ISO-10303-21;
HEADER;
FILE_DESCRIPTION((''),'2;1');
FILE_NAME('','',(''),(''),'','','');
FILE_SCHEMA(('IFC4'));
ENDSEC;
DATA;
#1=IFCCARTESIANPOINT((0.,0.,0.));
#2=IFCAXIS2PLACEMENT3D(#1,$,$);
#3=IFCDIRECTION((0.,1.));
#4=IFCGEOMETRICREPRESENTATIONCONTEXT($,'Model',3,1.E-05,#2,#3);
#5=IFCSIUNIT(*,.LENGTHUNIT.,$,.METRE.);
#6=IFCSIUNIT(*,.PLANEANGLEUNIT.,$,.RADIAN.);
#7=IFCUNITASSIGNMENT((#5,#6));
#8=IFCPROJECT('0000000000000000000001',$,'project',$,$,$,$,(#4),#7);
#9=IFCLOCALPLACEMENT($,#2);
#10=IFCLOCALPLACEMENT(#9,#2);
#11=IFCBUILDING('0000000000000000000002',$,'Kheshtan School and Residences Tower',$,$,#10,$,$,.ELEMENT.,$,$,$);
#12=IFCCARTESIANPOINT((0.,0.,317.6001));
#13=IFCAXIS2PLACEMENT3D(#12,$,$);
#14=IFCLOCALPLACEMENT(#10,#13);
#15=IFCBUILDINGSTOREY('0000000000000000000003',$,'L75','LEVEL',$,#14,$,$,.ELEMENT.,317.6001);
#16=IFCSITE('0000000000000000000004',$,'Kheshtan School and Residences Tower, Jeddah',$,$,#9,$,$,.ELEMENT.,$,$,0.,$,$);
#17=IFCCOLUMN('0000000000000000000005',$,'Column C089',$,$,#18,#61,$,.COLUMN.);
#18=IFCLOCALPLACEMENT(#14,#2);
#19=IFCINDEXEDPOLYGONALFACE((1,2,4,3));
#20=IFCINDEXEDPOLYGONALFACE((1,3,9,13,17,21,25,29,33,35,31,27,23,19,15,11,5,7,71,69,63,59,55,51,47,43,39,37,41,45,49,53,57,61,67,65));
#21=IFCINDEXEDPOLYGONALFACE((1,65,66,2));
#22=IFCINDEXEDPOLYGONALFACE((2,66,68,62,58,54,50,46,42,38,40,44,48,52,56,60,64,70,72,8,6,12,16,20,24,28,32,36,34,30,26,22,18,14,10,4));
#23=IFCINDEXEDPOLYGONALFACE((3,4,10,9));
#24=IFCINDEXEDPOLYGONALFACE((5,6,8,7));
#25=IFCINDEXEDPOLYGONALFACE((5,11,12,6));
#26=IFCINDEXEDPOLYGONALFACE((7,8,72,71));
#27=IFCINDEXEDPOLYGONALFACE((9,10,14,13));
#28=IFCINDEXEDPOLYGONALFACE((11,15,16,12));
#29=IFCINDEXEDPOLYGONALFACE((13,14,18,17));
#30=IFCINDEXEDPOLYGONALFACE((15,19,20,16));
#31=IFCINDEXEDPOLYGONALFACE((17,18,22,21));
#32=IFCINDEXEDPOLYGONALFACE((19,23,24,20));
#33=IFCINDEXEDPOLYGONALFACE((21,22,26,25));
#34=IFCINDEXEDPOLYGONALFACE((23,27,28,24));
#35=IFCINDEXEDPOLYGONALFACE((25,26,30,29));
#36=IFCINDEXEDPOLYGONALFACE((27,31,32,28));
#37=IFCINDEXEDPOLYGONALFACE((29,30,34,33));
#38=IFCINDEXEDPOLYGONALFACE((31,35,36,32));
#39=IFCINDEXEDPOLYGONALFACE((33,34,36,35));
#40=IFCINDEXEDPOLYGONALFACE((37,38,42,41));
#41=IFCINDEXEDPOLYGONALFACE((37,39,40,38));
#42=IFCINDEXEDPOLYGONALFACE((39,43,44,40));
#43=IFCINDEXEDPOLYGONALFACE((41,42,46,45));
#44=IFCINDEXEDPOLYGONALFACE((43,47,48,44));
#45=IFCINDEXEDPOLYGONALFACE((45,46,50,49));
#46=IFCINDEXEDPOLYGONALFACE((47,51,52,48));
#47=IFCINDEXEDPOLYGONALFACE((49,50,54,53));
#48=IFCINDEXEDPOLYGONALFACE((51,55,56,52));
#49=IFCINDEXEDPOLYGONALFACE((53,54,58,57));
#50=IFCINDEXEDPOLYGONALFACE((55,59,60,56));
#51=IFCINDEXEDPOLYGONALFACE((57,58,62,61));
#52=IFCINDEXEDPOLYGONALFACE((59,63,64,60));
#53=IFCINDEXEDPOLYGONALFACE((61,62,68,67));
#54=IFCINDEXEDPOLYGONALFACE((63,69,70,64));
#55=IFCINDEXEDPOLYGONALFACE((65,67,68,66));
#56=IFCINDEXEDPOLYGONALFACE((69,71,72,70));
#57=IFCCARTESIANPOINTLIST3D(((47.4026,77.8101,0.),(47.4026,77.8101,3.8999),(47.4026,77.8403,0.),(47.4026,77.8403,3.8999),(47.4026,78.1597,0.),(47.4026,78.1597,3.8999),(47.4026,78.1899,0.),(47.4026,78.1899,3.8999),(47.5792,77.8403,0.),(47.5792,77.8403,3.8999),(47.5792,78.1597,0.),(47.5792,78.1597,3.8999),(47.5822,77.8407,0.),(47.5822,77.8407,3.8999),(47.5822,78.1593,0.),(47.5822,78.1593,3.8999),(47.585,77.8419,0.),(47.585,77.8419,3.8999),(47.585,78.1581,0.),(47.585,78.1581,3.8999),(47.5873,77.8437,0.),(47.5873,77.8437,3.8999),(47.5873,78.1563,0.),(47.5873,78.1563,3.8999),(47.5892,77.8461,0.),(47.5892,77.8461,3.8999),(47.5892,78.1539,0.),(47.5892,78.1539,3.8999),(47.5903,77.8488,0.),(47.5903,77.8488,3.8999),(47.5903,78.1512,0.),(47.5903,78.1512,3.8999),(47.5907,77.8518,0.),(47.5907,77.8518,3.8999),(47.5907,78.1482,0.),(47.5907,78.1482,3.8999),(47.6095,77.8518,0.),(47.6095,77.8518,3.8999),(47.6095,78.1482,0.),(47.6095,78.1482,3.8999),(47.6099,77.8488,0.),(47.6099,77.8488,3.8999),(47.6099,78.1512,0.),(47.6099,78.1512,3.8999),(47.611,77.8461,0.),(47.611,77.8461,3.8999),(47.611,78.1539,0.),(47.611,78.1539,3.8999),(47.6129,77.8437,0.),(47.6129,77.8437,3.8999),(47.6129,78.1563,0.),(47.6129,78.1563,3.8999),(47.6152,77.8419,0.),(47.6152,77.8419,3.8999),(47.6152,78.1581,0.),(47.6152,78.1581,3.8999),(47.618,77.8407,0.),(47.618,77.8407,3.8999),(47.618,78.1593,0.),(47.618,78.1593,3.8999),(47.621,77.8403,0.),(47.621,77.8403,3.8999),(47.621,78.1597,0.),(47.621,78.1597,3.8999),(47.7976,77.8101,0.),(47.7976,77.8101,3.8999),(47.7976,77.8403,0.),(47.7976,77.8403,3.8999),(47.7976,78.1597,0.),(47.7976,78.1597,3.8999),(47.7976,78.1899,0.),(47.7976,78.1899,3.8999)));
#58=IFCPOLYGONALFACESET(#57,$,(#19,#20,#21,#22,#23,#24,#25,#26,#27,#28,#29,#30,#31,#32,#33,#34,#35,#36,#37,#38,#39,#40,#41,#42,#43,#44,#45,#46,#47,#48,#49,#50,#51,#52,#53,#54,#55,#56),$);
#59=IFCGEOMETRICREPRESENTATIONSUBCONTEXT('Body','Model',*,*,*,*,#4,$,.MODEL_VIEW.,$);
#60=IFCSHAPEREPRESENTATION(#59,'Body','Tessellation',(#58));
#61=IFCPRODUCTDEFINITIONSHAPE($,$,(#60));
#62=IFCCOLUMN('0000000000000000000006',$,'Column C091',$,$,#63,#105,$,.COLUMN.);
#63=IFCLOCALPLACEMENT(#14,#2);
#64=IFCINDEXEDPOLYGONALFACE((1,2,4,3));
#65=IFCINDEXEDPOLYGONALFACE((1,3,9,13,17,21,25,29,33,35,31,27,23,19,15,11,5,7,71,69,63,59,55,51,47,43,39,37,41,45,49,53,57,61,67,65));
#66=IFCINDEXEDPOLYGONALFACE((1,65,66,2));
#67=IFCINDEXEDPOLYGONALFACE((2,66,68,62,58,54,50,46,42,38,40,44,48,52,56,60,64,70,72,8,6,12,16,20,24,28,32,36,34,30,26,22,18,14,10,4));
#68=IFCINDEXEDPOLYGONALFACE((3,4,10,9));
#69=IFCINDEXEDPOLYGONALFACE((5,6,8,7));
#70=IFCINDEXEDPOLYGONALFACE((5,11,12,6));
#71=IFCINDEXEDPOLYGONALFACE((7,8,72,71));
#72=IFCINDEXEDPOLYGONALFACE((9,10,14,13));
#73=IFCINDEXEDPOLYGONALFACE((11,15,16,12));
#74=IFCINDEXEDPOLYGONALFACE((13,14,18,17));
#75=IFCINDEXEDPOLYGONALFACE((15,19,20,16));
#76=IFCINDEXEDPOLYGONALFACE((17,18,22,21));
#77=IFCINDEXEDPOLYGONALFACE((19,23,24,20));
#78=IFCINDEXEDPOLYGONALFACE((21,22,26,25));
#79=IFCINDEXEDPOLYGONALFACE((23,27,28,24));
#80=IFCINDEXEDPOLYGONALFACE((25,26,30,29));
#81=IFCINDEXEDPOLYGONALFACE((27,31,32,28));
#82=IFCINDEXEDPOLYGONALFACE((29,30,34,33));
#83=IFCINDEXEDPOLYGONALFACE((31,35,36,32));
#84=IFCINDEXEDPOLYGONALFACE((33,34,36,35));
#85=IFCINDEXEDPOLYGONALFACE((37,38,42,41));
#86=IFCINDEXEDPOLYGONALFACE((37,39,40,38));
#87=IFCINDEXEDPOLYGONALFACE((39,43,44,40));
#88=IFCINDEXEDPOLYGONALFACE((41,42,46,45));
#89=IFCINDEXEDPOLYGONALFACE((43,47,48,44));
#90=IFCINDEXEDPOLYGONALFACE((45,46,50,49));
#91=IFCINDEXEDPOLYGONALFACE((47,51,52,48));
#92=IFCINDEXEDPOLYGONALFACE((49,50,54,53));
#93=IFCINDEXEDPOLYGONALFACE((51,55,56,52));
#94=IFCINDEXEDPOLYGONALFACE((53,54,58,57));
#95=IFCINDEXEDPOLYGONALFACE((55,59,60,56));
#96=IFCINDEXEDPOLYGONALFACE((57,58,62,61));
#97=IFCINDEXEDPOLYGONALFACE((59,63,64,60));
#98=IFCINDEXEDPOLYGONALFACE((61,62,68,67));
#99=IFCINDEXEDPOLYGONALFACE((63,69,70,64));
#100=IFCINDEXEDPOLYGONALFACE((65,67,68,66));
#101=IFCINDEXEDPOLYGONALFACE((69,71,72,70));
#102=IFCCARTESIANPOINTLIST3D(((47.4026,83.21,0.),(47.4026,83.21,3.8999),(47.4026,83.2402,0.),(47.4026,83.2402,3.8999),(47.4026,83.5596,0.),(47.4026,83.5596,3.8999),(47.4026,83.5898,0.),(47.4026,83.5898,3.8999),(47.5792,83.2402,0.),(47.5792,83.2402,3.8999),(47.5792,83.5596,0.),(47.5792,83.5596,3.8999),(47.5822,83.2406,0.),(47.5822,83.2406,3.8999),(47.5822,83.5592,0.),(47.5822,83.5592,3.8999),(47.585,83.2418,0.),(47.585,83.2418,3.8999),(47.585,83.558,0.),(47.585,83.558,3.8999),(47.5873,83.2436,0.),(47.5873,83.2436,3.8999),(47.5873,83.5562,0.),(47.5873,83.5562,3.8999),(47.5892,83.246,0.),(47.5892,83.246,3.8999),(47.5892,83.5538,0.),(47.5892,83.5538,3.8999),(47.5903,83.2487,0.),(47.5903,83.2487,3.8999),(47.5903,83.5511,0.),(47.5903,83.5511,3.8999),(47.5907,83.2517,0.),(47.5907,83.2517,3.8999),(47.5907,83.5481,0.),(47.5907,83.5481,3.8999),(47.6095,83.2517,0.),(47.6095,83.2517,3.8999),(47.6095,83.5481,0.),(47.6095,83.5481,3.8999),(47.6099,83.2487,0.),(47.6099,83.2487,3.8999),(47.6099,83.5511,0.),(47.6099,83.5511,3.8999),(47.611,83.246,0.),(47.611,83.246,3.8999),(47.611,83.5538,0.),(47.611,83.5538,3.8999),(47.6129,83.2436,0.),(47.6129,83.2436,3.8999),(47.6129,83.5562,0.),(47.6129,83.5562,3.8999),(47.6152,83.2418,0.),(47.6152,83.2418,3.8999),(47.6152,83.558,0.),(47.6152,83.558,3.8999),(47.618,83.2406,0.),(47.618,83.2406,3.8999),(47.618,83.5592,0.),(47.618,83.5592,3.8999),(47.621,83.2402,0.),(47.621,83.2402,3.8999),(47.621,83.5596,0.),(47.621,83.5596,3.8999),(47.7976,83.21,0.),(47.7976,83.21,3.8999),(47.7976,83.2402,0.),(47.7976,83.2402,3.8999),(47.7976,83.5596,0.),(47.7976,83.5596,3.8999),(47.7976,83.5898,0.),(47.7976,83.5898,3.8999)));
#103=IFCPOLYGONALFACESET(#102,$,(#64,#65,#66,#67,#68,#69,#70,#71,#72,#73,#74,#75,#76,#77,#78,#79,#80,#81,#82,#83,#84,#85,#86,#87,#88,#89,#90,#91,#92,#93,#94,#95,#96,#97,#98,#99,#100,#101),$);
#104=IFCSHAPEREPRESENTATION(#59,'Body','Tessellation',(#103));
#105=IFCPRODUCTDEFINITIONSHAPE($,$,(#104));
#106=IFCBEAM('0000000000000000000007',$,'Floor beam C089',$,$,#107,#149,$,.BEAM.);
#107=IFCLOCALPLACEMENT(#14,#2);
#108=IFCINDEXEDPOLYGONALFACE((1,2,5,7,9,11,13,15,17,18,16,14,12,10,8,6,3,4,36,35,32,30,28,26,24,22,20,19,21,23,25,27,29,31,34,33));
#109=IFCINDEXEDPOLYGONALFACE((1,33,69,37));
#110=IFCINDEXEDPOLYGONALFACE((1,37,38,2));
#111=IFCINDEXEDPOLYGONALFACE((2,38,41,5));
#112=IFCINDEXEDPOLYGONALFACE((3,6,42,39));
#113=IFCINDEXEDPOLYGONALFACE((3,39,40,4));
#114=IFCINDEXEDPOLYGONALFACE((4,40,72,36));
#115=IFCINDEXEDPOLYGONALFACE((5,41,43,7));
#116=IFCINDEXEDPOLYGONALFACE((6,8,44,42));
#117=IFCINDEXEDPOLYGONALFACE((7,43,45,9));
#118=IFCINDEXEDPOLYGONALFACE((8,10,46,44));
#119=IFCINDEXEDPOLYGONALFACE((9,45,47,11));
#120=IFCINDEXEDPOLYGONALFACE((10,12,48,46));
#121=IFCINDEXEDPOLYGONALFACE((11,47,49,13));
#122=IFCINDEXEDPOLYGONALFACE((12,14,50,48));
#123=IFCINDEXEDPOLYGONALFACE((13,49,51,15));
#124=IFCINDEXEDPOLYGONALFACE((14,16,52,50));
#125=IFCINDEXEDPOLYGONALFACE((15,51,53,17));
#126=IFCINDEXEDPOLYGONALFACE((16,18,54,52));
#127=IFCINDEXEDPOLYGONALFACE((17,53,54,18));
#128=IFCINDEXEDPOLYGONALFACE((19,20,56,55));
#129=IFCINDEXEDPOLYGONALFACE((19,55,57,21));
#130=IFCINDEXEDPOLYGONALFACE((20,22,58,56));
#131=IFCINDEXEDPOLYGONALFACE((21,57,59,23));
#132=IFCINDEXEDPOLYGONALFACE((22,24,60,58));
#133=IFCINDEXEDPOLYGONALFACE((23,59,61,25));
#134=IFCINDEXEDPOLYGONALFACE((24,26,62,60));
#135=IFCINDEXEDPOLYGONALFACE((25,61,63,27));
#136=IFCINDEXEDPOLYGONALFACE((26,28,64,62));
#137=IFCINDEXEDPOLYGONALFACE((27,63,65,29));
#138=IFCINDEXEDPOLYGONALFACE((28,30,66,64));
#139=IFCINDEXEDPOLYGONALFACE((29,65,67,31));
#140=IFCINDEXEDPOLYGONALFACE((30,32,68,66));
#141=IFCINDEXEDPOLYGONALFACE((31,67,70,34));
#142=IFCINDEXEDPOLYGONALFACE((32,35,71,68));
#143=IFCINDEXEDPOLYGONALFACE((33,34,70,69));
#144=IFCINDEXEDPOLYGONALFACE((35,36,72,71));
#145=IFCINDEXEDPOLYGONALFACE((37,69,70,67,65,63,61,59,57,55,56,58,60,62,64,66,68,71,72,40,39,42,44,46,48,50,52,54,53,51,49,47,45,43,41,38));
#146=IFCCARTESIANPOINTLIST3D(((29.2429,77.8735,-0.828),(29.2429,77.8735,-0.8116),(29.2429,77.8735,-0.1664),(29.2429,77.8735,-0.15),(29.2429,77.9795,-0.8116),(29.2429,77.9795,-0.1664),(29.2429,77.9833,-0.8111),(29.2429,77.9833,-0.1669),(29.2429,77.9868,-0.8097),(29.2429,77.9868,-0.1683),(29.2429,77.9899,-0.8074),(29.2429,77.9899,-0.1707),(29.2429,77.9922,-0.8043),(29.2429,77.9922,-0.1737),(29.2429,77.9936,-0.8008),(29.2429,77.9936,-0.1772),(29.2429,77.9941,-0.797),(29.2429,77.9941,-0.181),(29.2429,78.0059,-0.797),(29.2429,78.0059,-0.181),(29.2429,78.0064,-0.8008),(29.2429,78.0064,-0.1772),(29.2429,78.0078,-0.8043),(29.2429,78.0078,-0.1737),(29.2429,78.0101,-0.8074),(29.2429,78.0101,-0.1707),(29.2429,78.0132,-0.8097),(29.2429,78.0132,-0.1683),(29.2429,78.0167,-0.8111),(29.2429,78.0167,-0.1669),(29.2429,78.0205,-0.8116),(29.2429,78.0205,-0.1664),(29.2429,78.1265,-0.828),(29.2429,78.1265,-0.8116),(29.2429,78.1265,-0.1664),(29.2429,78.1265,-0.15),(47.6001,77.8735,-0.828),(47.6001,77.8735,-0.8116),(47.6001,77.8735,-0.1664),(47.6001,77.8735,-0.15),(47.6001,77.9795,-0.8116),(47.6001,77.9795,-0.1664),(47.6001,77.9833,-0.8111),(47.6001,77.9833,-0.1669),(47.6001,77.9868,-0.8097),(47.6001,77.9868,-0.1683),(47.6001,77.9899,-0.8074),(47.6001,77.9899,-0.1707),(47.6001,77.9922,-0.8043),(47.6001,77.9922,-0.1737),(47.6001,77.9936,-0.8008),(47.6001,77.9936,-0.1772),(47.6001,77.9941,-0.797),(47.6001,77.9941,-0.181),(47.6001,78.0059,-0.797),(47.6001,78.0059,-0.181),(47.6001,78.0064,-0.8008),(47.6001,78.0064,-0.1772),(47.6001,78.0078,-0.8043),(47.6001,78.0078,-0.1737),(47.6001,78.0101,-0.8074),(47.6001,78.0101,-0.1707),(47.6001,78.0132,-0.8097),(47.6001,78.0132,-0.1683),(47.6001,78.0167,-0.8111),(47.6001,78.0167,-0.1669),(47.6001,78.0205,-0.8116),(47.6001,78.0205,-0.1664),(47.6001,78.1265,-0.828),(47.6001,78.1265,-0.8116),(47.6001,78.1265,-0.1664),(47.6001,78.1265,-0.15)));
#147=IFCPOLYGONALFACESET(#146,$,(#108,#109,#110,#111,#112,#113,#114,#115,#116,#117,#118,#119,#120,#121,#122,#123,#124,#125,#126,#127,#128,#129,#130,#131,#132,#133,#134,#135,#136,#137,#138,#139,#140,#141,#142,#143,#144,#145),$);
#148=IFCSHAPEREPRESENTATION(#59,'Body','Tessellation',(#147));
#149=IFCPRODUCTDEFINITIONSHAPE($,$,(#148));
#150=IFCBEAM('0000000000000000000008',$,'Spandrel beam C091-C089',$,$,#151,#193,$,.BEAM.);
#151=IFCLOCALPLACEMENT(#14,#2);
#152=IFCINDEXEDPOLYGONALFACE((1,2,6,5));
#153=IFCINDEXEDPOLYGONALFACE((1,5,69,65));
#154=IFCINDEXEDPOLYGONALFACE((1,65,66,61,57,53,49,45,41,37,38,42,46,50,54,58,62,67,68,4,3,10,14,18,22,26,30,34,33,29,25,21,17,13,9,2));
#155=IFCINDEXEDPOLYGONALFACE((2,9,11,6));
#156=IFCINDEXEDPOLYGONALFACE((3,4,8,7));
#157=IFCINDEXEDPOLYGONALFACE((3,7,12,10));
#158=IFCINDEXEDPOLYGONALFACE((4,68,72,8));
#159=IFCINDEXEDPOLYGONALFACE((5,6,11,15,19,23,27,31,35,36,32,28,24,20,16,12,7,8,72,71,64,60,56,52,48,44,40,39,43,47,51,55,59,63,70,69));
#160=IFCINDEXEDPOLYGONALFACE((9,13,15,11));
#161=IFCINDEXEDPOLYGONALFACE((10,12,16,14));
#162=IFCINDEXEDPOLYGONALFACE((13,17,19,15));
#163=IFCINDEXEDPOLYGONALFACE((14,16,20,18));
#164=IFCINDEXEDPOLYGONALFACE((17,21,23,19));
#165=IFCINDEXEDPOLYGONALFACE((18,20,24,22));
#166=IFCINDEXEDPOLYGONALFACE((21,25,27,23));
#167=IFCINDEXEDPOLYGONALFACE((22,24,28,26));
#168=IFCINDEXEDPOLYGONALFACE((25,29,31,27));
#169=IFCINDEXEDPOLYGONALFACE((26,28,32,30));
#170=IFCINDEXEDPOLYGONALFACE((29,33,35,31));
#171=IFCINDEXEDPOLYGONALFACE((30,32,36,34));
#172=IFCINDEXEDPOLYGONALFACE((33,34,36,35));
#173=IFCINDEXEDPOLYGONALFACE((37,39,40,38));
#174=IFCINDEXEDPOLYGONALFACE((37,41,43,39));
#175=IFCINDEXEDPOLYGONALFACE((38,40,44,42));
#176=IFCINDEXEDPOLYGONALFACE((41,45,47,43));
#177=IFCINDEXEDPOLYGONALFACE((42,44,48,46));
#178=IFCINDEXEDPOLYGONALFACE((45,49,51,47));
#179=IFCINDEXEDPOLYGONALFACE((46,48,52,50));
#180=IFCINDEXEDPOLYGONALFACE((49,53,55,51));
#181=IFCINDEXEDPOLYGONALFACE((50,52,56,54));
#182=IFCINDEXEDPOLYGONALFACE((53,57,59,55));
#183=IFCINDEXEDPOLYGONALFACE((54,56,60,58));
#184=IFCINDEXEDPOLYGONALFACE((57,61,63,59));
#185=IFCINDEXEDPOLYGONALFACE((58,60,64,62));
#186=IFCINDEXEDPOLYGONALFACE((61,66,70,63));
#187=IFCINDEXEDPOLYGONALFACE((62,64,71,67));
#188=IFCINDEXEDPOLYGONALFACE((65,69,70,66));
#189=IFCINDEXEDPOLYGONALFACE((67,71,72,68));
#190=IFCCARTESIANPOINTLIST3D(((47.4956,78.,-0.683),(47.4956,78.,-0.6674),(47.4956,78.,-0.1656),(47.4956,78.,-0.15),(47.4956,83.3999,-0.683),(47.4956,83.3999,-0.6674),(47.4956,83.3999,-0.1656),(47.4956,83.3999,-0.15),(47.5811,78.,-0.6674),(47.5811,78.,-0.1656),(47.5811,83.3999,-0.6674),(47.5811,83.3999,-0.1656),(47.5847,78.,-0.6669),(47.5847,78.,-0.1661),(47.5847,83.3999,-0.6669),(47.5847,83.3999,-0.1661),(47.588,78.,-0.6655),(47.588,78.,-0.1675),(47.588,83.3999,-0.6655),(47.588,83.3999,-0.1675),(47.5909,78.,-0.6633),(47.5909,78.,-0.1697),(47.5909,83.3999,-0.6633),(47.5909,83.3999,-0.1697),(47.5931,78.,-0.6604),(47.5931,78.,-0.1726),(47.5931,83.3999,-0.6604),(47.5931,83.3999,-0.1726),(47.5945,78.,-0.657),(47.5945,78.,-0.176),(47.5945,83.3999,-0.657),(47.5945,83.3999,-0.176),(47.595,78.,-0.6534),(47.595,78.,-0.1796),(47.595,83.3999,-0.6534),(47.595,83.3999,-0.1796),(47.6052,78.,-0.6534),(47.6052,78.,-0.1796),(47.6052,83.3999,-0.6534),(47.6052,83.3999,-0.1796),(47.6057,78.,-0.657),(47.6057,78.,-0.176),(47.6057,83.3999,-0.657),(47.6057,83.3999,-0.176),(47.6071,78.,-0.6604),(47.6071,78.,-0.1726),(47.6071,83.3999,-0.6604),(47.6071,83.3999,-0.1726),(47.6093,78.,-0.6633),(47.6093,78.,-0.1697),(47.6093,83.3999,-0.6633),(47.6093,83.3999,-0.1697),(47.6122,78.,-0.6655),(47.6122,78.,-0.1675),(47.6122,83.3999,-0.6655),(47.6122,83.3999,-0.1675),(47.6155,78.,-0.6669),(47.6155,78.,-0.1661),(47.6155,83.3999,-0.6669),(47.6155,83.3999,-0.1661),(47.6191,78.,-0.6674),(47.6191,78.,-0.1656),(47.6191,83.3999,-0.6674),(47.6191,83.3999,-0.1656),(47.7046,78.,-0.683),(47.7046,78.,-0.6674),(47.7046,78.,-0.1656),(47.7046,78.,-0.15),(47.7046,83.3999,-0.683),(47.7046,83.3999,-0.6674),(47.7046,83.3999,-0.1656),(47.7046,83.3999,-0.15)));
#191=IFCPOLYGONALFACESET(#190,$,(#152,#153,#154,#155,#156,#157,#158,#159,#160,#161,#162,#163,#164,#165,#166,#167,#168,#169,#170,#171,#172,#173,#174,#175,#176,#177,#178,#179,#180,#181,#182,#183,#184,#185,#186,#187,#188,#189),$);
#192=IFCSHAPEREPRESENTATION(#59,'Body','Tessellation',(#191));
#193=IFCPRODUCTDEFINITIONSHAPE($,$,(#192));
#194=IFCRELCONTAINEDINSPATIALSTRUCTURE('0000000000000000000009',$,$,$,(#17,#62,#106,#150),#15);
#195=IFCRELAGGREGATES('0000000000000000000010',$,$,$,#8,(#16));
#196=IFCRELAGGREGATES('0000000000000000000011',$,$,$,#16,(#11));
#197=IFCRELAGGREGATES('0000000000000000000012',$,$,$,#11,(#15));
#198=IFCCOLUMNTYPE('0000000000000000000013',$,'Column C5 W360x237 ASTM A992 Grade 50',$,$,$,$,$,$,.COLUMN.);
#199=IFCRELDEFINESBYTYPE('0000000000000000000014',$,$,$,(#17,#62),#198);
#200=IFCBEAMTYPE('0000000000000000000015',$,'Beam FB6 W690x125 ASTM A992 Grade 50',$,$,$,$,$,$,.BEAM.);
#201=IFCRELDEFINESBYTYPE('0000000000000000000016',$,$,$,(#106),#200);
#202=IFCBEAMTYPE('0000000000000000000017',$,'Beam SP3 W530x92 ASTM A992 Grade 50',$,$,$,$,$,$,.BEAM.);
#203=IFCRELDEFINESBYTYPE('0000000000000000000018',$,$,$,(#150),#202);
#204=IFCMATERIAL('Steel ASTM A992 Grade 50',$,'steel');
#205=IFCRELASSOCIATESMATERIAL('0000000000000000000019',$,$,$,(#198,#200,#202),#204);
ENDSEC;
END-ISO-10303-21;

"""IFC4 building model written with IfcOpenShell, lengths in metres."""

from ifc_helpers import new_model, si_unit, direction, frame, origin, origin_2d, place, context, subcontext, project, spatial, i_section, extrude, material, material_profile, profile_set, type_object, element, save


model = new_model("IFC4")

# Units and contexts
model_context = context("Model", 3, precision=1e-05, world=origin(), true_north=direction((0.0, 1.0)))
body_context = subcontext(model_context, "Body", "Model", "MODEL_VIEW")
ifc_project = project(units=[si_unit("LENGTHUNIT", "METRE"), si_unit("PLANEANGLEUNIT", "RADIAN")], contexts=[model_context])

# Site, building, storey
site_placement = place(None, origin())
site = spatial("IfcSite", under=ifc_project, at=site_placement, Name="Kheshtan School and Residences Tower, Jeddah", CompositionType="ELEMENT", RefElevation=0.0)
building_placement = place(site_placement, origin())
building = spatial("IfcBuilding", under=site, at=building_placement, Name="Kheshtan School and Residences Tower", CompositionType="ELEMENT")
storey_placement = place(building_placement, frame((0.0, 0.0, 317.6001)))
storey = spatial("IfcBuildingStorey", under=building, at=storey_placement, Name="L75", Description="LEVEL", CompositionType="ELEMENT", Elevation=317.6001)

# Columns
ifc_material_1 = material(Name="Steel ASTM A992 Grade 50", Category="steel")
ifc_material_profile_1 = material_profile(ifc_material_1, i_section(OverallWidth=0.395, OverallDepth=0.3799, WebThickness=0.0188, FlangeThickness=0.0303, FilletRadius=0.0115, at=origin_2d()), Name="W360x237")
ifc_profile_set_1 = profile_set([ifc_material_profile_1], Name="Steel ASTM A992 Grade 50")
column_type = type_object("IfcColumnType", Name="Column C5 W360x237 ASTM A992 Grade 50", PredefinedType="COLUMN", material=ifc_profile_set_1)
for number, where, z_axis, x_axis, name in (
    (1, (47.6001, 78.0, 0.0), (0.0, 0.0, 1.0), (1.0, 0.0, 0.0), "Column C089"),
    (2, (47.6001, 83.3999, 0.0), (0.0, 0.0, 1.0), (1.0, 0.0, 0.0), "Column C091"),
):
    element("IfcColumn", number, at=place(storey_placement, frame(where, z_axis=z_axis, x_axis=x_axis)), inside=storey, type_object=column_type, Name=name, PredefinedType="COLUMN", context=body_context, shape_type="SweptSolid", body=[
        extrude(i_section(OverallWidth=0.395, OverallDepth=0.3799, WebThickness=0.0188, FlangeThickness=0.0303, FilletRadius=0.0115, at=origin_2d()), origin(), (0.0, 0.0, 1.0), 3.8999),
    ])

# Beams
ifc_material_profile_2 = material_profile(ifc_material_1, i_section(OverallWidth=0.2529, OverallDepth=0.678, WebThickness=0.0117, FlangeThickness=0.0164, FilletRadius=0.0146, at=origin_2d()), Name="W690x125")
ifc_profile_set_2 = profile_set([ifc_material_profile_2], Name="Steel ASTM A992 Grade 50")
beam_type_1 = type_object("IfcBeamType", Name="Beam FB6 W690x125 ASTM A992 Grade 50", PredefinedType="BEAM", material=ifc_profile_set_2)
beam_placement = place(storey_placement, frame((47.6001, 78.0, -0.489), z_axis=(-1.0, 0.0, 0.0), x_axis=(0.0, -1.0, 0.0)))
element("IfcBeam", 3, at=beam_placement, inside=storey, type_object=beam_type_1, Name="Floor beam C089", PredefinedType="BEAM", context=body_context, shape_type="SweptSolid", body=[
    extrude(i_section(OverallWidth=0.2529, OverallDepth=0.678, WebThickness=0.0117, FlangeThickness=0.0164, FilletRadius=0.0146, at=origin_2d()), origin(), (0.0, 0.0, 1.0), 18.3572),
])
ifc_material_profile_3 = material_profile(ifc_material_1, i_section(OverallWidth=0.209, OverallDepth=0.533, WebThickness=0.0103, FlangeThickness=0.0156, FilletRadius=0.0139, at=origin_2d()), Name="W530x92")
ifc_profile_set_3 = profile_set([ifc_material_profile_3], Name="Steel ASTM A992 Grade 50")
beam_type_2 = type_object("IfcBeamType", Name="Beam SP3 W530x92 ASTM A992 Grade 50", PredefinedType="BEAM", material=ifc_profile_set_3)
for number, where, z_axis, x_axis, name in (
    (4, (47.6001, 83.3999, -0.4165), (0.0, -1.0, 0.0), (1.0, 0.0, 0.0), "Spandrel beam C091-C089"),
):
    element("IfcBeam", number, at=place(storey_placement, frame(where, z_axis=z_axis, x_axis=x_axis)), inside=storey, type_object=beam_type_2, Name=name, PredefinedType="BEAM", context=body_context, shape_type="SweptSolid", body=[
        extrude(i_section(OverallWidth=0.209, OverallDepth=0.533, WebThickness=0.0103, FlangeThickness=0.0156, FilletRadius=0.0139, at=origin_2d()), origin(), (0.0, 0.0, 1.0), 5.3999),
    ])

save(model, "model.ifc")
